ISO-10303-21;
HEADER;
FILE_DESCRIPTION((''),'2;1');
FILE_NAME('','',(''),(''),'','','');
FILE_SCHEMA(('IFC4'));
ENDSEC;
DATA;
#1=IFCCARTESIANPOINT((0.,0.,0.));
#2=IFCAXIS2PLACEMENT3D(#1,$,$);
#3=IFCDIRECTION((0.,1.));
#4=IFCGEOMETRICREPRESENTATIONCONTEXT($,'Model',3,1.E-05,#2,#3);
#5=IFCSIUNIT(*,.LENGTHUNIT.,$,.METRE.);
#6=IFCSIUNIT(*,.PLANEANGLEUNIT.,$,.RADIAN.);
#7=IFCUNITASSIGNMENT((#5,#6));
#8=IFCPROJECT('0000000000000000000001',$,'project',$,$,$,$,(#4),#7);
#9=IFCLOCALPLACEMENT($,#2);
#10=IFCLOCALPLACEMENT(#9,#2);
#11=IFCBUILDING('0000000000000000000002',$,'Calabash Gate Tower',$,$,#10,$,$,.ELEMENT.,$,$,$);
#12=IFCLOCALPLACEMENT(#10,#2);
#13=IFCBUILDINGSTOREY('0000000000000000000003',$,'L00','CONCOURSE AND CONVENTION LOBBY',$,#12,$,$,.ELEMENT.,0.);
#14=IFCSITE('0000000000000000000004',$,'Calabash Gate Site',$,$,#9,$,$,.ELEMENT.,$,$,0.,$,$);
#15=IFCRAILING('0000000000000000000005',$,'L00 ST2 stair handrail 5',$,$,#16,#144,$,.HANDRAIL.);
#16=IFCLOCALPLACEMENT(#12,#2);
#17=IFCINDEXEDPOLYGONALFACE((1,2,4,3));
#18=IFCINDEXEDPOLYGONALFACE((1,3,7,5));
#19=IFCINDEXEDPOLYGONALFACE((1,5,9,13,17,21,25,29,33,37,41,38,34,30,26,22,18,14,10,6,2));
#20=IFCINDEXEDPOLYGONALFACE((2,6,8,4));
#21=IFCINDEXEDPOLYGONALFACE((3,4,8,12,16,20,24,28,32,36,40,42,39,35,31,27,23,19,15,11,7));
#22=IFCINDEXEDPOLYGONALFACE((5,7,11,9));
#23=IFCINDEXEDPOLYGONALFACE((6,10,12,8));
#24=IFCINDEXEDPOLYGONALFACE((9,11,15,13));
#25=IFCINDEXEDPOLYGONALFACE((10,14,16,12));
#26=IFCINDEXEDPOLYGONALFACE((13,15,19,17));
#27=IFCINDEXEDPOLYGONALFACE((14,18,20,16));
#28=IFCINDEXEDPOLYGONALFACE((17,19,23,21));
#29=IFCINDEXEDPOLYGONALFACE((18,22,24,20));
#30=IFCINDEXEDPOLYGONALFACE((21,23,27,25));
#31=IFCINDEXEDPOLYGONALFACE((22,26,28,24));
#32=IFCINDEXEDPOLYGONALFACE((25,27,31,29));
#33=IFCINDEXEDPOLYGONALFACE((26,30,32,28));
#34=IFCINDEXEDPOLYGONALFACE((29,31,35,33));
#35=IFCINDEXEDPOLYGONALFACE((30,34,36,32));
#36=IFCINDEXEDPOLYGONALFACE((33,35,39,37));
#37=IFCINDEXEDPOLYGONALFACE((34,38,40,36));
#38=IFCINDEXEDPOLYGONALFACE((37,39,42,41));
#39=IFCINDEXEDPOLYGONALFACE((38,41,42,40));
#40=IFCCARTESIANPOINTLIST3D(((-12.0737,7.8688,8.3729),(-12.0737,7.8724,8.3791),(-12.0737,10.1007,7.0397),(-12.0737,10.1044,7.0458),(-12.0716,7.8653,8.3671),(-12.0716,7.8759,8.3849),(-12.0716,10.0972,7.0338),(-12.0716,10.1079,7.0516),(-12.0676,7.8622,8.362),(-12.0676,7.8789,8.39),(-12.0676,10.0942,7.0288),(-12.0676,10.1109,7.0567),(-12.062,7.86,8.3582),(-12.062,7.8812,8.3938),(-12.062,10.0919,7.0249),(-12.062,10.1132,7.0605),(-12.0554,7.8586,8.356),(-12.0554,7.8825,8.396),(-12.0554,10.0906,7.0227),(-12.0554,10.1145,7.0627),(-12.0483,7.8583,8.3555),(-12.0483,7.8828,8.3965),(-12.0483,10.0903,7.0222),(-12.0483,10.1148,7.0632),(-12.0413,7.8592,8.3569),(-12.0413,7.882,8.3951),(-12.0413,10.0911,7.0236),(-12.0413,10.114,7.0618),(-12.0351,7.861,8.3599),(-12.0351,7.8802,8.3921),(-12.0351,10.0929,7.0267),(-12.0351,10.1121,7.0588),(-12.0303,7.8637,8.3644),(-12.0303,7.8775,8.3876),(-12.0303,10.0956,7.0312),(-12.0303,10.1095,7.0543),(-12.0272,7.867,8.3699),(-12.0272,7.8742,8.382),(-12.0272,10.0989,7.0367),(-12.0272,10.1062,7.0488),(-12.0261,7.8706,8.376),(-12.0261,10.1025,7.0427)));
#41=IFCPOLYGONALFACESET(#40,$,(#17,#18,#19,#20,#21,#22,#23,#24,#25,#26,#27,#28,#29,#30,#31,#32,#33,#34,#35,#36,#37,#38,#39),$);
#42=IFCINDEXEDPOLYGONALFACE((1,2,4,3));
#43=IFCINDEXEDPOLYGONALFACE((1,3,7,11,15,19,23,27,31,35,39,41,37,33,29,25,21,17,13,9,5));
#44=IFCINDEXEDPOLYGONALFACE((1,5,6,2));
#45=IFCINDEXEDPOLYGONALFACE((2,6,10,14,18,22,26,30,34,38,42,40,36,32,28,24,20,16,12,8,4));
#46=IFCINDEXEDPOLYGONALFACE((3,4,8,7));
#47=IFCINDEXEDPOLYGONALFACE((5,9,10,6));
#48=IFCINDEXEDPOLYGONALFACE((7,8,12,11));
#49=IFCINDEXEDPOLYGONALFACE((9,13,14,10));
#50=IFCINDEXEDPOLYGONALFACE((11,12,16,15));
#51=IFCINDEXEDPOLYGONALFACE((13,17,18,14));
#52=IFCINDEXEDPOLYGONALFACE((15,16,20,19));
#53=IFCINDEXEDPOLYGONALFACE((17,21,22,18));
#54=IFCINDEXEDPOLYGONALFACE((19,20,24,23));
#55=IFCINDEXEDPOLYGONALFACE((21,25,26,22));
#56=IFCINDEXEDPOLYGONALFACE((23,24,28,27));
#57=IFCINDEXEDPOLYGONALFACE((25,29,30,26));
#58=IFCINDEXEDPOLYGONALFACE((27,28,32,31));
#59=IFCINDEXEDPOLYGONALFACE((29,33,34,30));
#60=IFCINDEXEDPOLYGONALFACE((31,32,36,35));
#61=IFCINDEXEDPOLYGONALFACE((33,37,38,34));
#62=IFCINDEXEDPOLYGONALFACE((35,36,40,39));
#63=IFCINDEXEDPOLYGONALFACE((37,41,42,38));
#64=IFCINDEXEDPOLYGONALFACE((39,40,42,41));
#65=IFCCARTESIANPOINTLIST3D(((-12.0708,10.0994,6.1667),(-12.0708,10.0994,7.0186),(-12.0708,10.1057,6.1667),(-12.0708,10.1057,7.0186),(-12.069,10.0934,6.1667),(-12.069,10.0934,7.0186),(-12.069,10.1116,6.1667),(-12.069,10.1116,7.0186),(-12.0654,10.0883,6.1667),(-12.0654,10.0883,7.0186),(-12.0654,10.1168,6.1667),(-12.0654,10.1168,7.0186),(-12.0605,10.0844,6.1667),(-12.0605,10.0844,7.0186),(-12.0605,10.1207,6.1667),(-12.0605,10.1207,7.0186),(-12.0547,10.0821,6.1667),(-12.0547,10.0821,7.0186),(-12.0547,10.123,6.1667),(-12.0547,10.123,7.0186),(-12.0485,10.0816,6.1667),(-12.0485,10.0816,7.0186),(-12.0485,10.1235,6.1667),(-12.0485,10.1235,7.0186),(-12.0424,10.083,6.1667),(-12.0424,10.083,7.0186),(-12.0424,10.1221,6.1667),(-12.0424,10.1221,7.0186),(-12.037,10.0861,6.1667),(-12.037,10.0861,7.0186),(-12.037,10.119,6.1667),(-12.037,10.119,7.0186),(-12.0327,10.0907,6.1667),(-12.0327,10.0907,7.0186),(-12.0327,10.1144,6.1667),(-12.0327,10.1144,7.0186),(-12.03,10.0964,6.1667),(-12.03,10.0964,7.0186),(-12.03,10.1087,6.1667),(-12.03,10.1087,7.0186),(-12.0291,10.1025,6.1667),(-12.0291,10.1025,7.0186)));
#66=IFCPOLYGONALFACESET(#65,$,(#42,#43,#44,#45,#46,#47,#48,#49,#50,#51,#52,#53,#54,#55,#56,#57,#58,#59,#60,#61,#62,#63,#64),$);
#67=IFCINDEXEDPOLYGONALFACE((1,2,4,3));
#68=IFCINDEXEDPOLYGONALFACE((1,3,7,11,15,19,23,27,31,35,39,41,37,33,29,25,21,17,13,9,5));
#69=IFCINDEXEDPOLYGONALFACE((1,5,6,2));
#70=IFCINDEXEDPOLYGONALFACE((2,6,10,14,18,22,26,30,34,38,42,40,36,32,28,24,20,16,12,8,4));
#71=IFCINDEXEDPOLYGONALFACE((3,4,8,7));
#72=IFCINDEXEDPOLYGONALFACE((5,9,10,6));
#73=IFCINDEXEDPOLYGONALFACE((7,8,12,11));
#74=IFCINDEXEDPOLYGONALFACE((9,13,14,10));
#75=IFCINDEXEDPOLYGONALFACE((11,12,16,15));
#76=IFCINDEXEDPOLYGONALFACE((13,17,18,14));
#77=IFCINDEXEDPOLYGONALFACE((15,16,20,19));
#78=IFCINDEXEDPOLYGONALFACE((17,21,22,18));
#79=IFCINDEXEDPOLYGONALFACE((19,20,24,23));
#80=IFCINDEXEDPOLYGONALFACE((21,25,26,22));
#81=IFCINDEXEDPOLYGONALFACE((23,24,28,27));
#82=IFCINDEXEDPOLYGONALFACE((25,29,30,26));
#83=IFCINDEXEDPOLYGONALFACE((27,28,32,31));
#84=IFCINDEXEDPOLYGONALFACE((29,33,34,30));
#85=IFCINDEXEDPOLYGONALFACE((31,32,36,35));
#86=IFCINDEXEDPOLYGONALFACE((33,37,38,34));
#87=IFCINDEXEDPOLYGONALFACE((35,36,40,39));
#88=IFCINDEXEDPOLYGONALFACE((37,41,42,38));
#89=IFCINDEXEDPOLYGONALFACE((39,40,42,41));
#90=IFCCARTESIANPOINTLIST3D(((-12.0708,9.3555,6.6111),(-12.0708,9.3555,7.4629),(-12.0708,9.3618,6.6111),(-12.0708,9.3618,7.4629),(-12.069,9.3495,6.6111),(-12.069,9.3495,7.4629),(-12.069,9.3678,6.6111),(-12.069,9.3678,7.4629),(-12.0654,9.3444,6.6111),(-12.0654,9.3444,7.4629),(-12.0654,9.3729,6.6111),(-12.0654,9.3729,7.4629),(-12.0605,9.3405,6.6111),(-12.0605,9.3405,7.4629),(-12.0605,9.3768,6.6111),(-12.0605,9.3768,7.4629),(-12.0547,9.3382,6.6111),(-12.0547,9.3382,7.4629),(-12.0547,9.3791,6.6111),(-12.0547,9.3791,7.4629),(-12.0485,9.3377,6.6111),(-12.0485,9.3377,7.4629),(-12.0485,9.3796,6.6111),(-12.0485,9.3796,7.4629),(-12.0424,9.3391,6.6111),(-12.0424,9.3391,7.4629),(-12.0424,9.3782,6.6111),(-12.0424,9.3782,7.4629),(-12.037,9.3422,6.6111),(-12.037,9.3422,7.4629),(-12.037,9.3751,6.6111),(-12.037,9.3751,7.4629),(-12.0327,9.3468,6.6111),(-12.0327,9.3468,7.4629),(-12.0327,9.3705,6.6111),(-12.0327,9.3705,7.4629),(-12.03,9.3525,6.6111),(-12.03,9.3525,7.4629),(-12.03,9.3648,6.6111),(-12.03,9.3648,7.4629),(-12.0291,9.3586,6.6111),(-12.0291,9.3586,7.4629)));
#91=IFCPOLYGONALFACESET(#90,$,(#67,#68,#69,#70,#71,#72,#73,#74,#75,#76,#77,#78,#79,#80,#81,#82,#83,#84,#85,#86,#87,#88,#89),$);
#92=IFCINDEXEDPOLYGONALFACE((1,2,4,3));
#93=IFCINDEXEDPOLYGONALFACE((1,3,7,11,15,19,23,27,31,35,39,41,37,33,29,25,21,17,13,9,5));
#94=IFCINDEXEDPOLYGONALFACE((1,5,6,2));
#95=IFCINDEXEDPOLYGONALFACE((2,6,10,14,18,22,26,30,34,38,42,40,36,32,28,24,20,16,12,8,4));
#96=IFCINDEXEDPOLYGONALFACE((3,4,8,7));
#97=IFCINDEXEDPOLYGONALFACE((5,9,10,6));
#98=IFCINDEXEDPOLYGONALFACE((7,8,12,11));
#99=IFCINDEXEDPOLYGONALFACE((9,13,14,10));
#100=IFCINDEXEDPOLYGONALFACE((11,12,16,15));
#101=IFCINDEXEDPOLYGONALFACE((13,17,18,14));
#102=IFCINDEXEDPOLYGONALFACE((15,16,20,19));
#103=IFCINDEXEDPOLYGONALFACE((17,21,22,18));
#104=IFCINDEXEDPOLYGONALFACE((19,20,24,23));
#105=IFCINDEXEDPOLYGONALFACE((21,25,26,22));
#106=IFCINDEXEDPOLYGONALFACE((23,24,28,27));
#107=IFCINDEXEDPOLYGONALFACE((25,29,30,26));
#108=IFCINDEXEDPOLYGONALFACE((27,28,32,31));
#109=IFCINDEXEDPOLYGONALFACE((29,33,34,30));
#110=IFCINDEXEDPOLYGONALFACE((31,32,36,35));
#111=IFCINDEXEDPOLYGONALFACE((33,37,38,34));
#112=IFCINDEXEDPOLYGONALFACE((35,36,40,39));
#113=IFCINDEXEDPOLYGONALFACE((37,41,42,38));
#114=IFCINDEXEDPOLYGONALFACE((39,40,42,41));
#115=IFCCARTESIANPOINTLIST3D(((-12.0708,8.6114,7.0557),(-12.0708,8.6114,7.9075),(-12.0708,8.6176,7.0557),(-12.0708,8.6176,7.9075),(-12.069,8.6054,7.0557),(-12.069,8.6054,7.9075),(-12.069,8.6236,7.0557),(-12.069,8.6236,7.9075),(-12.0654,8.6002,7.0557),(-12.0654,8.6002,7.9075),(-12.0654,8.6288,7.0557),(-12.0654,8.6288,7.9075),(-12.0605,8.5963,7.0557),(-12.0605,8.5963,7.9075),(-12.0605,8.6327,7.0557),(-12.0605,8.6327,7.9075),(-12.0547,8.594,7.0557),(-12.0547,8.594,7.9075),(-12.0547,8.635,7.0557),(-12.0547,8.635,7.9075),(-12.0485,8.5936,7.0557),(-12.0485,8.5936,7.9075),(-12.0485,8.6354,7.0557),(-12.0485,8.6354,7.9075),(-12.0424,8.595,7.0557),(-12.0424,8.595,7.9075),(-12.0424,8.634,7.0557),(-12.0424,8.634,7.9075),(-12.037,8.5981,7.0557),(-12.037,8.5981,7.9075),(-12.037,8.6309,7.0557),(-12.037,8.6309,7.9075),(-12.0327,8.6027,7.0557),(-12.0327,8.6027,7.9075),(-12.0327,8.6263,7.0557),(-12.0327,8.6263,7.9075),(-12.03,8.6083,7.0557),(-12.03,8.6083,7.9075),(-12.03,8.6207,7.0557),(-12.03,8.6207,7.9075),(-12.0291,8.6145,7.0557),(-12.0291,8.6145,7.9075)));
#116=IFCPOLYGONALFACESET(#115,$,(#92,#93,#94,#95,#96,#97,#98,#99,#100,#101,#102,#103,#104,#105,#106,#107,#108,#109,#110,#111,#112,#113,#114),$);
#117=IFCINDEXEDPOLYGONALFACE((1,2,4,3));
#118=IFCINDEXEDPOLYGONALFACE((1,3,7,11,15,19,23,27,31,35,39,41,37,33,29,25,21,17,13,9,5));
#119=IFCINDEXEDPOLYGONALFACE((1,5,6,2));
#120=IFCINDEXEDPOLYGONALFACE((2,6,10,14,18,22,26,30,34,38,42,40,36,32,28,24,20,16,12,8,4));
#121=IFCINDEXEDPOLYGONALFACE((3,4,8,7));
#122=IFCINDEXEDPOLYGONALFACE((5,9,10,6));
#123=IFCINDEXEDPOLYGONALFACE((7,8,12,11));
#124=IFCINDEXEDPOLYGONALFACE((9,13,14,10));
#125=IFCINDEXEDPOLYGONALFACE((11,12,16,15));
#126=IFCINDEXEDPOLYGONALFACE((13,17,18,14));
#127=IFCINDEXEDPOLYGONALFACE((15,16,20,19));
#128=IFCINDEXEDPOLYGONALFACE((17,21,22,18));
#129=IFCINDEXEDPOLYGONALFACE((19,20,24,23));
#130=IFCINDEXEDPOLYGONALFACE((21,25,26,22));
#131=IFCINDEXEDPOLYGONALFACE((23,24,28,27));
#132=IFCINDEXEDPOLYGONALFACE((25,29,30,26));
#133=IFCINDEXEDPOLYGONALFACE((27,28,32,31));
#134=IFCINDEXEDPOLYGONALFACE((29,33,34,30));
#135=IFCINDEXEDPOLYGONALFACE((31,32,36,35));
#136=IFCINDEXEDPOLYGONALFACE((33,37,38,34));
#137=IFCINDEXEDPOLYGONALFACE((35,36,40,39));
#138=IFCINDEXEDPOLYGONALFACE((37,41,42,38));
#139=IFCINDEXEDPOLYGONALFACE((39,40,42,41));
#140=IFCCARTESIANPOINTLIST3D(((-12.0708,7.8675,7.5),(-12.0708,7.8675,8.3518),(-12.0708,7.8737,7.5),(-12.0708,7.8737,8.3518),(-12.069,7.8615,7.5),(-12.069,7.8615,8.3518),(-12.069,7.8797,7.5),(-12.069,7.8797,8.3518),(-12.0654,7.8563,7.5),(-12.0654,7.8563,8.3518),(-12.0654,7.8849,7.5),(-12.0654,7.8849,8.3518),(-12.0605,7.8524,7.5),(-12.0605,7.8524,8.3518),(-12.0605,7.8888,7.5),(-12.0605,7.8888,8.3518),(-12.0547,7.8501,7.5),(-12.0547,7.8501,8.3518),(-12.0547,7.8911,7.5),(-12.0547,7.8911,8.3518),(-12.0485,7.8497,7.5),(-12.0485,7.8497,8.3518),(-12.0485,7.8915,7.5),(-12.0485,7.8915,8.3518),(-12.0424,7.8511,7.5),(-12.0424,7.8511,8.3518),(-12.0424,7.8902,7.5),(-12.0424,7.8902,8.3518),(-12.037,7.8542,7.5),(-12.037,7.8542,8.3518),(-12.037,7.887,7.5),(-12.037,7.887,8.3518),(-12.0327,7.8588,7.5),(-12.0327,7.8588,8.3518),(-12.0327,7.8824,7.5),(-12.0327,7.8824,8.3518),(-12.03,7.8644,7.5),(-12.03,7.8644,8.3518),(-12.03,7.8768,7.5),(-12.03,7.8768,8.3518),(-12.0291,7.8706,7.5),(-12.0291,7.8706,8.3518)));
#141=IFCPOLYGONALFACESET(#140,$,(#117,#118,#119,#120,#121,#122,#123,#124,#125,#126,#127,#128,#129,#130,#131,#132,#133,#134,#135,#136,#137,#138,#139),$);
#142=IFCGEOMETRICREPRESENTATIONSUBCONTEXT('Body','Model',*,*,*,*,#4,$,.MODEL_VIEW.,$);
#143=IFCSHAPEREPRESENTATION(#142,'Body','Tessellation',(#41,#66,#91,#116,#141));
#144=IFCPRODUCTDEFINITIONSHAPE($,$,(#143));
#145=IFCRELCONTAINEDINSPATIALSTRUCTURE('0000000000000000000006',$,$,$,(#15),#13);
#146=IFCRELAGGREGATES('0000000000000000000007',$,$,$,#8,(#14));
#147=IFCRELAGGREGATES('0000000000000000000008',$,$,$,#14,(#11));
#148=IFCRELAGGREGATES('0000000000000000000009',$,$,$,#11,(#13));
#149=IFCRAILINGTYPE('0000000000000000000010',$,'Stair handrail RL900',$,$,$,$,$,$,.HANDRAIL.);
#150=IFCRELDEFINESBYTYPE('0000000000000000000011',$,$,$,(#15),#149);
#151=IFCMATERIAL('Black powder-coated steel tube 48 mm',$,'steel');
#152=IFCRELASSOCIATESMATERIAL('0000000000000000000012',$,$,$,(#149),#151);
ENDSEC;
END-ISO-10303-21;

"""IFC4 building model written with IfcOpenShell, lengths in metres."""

from ifc_helpers import new_model, si_unit, direction, frame, origin, origin_2d, place, context, subcontext, project, spatial, circle, extrude, material, type_object, element, save


model = new_model("IFC4")

# Units and contexts
model_context = context("Model", 3, precision=1e-05, world=origin(), true_north=direction((0.0, 1.0)))
body_context = subcontext(model_context, "Body", "Model", "MODEL_VIEW")
ifc_project = project(units=[si_unit("LENGTHUNIT", "METRE"), si_unit("PLANEANGLEUNIT", "RADIAN")], contexts=[model_context])

# Site, building, storey
site_placement = place(None, origin())
site = spatial("IfcSite", under=ifc_project, at=site_placement, Name="Calabash Gate Site", CompositionType="ELEMENT", RefElevation=0.0)
building_placement = place(site_placement, origin())
building = spatial("IfcBuilding", under=site, at=building_placement, Name="Calabash Gate Tower", CompositionType="ELEMENT")
storey_placement = place(building_placement, origin())
storey = spatial("IfcBuildingStorey", under=building, at=storey_placement, Name="L00", Description="CONCOURSE AND CONVENTION LOBBY", CompositionType="ELEMENT", Elevation=0.0)

# Railing
ifc_material_1 = material(Name="Black powder-coated steel tube 48 mm", Category="steel")
railing_type = type_object("IfcRailingType", Name="Stair handrail RL900", PredefinedType="HANDRAIL", material=ifc_material_1)
for number, where, name in (
    (1, (-12.05, 10.1025, 6.1667), "L00 ST2 stair handrail 5"),
):
    element("IfcRailing", number, at=place(storey_placement, frame(where)), inside=storey, type_object=railing_type, Name=name, PredefinedType="HANDRAIL", context=body_context, shape_type="SweptSolid", body=[
        extrude(circle(Radius=0.0239, at=origin_2d()), frame((0.0, 0.0, 0.876), z_axis=(0.0, -0.858494, 0.512824), x_axis=(1.0, 0.0, 0.0)), (0.0, 0.0, 1.0), 2.5999),
        extrude(circle(Radius=0.021, at=origin_2d()), origin(), (0.0, 0.0, 1.0), 0.8518),
        extrude(circle(Radius=0.021, at=origin_2d()), frame((0.0, -0.7439, 0.4443)), (0.0, 0.0, 1.0), 0.8518),
        extrude(circle(Radius=0.021, at=origin_2d()), frame((0.0, -1.488, 0.8889)), (0.0, 0.0, 1.0), 0.8518),
        extrude(circle(Radius=0.021, at=origin_2d()), frame((0.0, -2.2319, 1.3333)), (0.0, 0.0, 1.0), 0.8518),
    ])

save(model, "model.ifc")
